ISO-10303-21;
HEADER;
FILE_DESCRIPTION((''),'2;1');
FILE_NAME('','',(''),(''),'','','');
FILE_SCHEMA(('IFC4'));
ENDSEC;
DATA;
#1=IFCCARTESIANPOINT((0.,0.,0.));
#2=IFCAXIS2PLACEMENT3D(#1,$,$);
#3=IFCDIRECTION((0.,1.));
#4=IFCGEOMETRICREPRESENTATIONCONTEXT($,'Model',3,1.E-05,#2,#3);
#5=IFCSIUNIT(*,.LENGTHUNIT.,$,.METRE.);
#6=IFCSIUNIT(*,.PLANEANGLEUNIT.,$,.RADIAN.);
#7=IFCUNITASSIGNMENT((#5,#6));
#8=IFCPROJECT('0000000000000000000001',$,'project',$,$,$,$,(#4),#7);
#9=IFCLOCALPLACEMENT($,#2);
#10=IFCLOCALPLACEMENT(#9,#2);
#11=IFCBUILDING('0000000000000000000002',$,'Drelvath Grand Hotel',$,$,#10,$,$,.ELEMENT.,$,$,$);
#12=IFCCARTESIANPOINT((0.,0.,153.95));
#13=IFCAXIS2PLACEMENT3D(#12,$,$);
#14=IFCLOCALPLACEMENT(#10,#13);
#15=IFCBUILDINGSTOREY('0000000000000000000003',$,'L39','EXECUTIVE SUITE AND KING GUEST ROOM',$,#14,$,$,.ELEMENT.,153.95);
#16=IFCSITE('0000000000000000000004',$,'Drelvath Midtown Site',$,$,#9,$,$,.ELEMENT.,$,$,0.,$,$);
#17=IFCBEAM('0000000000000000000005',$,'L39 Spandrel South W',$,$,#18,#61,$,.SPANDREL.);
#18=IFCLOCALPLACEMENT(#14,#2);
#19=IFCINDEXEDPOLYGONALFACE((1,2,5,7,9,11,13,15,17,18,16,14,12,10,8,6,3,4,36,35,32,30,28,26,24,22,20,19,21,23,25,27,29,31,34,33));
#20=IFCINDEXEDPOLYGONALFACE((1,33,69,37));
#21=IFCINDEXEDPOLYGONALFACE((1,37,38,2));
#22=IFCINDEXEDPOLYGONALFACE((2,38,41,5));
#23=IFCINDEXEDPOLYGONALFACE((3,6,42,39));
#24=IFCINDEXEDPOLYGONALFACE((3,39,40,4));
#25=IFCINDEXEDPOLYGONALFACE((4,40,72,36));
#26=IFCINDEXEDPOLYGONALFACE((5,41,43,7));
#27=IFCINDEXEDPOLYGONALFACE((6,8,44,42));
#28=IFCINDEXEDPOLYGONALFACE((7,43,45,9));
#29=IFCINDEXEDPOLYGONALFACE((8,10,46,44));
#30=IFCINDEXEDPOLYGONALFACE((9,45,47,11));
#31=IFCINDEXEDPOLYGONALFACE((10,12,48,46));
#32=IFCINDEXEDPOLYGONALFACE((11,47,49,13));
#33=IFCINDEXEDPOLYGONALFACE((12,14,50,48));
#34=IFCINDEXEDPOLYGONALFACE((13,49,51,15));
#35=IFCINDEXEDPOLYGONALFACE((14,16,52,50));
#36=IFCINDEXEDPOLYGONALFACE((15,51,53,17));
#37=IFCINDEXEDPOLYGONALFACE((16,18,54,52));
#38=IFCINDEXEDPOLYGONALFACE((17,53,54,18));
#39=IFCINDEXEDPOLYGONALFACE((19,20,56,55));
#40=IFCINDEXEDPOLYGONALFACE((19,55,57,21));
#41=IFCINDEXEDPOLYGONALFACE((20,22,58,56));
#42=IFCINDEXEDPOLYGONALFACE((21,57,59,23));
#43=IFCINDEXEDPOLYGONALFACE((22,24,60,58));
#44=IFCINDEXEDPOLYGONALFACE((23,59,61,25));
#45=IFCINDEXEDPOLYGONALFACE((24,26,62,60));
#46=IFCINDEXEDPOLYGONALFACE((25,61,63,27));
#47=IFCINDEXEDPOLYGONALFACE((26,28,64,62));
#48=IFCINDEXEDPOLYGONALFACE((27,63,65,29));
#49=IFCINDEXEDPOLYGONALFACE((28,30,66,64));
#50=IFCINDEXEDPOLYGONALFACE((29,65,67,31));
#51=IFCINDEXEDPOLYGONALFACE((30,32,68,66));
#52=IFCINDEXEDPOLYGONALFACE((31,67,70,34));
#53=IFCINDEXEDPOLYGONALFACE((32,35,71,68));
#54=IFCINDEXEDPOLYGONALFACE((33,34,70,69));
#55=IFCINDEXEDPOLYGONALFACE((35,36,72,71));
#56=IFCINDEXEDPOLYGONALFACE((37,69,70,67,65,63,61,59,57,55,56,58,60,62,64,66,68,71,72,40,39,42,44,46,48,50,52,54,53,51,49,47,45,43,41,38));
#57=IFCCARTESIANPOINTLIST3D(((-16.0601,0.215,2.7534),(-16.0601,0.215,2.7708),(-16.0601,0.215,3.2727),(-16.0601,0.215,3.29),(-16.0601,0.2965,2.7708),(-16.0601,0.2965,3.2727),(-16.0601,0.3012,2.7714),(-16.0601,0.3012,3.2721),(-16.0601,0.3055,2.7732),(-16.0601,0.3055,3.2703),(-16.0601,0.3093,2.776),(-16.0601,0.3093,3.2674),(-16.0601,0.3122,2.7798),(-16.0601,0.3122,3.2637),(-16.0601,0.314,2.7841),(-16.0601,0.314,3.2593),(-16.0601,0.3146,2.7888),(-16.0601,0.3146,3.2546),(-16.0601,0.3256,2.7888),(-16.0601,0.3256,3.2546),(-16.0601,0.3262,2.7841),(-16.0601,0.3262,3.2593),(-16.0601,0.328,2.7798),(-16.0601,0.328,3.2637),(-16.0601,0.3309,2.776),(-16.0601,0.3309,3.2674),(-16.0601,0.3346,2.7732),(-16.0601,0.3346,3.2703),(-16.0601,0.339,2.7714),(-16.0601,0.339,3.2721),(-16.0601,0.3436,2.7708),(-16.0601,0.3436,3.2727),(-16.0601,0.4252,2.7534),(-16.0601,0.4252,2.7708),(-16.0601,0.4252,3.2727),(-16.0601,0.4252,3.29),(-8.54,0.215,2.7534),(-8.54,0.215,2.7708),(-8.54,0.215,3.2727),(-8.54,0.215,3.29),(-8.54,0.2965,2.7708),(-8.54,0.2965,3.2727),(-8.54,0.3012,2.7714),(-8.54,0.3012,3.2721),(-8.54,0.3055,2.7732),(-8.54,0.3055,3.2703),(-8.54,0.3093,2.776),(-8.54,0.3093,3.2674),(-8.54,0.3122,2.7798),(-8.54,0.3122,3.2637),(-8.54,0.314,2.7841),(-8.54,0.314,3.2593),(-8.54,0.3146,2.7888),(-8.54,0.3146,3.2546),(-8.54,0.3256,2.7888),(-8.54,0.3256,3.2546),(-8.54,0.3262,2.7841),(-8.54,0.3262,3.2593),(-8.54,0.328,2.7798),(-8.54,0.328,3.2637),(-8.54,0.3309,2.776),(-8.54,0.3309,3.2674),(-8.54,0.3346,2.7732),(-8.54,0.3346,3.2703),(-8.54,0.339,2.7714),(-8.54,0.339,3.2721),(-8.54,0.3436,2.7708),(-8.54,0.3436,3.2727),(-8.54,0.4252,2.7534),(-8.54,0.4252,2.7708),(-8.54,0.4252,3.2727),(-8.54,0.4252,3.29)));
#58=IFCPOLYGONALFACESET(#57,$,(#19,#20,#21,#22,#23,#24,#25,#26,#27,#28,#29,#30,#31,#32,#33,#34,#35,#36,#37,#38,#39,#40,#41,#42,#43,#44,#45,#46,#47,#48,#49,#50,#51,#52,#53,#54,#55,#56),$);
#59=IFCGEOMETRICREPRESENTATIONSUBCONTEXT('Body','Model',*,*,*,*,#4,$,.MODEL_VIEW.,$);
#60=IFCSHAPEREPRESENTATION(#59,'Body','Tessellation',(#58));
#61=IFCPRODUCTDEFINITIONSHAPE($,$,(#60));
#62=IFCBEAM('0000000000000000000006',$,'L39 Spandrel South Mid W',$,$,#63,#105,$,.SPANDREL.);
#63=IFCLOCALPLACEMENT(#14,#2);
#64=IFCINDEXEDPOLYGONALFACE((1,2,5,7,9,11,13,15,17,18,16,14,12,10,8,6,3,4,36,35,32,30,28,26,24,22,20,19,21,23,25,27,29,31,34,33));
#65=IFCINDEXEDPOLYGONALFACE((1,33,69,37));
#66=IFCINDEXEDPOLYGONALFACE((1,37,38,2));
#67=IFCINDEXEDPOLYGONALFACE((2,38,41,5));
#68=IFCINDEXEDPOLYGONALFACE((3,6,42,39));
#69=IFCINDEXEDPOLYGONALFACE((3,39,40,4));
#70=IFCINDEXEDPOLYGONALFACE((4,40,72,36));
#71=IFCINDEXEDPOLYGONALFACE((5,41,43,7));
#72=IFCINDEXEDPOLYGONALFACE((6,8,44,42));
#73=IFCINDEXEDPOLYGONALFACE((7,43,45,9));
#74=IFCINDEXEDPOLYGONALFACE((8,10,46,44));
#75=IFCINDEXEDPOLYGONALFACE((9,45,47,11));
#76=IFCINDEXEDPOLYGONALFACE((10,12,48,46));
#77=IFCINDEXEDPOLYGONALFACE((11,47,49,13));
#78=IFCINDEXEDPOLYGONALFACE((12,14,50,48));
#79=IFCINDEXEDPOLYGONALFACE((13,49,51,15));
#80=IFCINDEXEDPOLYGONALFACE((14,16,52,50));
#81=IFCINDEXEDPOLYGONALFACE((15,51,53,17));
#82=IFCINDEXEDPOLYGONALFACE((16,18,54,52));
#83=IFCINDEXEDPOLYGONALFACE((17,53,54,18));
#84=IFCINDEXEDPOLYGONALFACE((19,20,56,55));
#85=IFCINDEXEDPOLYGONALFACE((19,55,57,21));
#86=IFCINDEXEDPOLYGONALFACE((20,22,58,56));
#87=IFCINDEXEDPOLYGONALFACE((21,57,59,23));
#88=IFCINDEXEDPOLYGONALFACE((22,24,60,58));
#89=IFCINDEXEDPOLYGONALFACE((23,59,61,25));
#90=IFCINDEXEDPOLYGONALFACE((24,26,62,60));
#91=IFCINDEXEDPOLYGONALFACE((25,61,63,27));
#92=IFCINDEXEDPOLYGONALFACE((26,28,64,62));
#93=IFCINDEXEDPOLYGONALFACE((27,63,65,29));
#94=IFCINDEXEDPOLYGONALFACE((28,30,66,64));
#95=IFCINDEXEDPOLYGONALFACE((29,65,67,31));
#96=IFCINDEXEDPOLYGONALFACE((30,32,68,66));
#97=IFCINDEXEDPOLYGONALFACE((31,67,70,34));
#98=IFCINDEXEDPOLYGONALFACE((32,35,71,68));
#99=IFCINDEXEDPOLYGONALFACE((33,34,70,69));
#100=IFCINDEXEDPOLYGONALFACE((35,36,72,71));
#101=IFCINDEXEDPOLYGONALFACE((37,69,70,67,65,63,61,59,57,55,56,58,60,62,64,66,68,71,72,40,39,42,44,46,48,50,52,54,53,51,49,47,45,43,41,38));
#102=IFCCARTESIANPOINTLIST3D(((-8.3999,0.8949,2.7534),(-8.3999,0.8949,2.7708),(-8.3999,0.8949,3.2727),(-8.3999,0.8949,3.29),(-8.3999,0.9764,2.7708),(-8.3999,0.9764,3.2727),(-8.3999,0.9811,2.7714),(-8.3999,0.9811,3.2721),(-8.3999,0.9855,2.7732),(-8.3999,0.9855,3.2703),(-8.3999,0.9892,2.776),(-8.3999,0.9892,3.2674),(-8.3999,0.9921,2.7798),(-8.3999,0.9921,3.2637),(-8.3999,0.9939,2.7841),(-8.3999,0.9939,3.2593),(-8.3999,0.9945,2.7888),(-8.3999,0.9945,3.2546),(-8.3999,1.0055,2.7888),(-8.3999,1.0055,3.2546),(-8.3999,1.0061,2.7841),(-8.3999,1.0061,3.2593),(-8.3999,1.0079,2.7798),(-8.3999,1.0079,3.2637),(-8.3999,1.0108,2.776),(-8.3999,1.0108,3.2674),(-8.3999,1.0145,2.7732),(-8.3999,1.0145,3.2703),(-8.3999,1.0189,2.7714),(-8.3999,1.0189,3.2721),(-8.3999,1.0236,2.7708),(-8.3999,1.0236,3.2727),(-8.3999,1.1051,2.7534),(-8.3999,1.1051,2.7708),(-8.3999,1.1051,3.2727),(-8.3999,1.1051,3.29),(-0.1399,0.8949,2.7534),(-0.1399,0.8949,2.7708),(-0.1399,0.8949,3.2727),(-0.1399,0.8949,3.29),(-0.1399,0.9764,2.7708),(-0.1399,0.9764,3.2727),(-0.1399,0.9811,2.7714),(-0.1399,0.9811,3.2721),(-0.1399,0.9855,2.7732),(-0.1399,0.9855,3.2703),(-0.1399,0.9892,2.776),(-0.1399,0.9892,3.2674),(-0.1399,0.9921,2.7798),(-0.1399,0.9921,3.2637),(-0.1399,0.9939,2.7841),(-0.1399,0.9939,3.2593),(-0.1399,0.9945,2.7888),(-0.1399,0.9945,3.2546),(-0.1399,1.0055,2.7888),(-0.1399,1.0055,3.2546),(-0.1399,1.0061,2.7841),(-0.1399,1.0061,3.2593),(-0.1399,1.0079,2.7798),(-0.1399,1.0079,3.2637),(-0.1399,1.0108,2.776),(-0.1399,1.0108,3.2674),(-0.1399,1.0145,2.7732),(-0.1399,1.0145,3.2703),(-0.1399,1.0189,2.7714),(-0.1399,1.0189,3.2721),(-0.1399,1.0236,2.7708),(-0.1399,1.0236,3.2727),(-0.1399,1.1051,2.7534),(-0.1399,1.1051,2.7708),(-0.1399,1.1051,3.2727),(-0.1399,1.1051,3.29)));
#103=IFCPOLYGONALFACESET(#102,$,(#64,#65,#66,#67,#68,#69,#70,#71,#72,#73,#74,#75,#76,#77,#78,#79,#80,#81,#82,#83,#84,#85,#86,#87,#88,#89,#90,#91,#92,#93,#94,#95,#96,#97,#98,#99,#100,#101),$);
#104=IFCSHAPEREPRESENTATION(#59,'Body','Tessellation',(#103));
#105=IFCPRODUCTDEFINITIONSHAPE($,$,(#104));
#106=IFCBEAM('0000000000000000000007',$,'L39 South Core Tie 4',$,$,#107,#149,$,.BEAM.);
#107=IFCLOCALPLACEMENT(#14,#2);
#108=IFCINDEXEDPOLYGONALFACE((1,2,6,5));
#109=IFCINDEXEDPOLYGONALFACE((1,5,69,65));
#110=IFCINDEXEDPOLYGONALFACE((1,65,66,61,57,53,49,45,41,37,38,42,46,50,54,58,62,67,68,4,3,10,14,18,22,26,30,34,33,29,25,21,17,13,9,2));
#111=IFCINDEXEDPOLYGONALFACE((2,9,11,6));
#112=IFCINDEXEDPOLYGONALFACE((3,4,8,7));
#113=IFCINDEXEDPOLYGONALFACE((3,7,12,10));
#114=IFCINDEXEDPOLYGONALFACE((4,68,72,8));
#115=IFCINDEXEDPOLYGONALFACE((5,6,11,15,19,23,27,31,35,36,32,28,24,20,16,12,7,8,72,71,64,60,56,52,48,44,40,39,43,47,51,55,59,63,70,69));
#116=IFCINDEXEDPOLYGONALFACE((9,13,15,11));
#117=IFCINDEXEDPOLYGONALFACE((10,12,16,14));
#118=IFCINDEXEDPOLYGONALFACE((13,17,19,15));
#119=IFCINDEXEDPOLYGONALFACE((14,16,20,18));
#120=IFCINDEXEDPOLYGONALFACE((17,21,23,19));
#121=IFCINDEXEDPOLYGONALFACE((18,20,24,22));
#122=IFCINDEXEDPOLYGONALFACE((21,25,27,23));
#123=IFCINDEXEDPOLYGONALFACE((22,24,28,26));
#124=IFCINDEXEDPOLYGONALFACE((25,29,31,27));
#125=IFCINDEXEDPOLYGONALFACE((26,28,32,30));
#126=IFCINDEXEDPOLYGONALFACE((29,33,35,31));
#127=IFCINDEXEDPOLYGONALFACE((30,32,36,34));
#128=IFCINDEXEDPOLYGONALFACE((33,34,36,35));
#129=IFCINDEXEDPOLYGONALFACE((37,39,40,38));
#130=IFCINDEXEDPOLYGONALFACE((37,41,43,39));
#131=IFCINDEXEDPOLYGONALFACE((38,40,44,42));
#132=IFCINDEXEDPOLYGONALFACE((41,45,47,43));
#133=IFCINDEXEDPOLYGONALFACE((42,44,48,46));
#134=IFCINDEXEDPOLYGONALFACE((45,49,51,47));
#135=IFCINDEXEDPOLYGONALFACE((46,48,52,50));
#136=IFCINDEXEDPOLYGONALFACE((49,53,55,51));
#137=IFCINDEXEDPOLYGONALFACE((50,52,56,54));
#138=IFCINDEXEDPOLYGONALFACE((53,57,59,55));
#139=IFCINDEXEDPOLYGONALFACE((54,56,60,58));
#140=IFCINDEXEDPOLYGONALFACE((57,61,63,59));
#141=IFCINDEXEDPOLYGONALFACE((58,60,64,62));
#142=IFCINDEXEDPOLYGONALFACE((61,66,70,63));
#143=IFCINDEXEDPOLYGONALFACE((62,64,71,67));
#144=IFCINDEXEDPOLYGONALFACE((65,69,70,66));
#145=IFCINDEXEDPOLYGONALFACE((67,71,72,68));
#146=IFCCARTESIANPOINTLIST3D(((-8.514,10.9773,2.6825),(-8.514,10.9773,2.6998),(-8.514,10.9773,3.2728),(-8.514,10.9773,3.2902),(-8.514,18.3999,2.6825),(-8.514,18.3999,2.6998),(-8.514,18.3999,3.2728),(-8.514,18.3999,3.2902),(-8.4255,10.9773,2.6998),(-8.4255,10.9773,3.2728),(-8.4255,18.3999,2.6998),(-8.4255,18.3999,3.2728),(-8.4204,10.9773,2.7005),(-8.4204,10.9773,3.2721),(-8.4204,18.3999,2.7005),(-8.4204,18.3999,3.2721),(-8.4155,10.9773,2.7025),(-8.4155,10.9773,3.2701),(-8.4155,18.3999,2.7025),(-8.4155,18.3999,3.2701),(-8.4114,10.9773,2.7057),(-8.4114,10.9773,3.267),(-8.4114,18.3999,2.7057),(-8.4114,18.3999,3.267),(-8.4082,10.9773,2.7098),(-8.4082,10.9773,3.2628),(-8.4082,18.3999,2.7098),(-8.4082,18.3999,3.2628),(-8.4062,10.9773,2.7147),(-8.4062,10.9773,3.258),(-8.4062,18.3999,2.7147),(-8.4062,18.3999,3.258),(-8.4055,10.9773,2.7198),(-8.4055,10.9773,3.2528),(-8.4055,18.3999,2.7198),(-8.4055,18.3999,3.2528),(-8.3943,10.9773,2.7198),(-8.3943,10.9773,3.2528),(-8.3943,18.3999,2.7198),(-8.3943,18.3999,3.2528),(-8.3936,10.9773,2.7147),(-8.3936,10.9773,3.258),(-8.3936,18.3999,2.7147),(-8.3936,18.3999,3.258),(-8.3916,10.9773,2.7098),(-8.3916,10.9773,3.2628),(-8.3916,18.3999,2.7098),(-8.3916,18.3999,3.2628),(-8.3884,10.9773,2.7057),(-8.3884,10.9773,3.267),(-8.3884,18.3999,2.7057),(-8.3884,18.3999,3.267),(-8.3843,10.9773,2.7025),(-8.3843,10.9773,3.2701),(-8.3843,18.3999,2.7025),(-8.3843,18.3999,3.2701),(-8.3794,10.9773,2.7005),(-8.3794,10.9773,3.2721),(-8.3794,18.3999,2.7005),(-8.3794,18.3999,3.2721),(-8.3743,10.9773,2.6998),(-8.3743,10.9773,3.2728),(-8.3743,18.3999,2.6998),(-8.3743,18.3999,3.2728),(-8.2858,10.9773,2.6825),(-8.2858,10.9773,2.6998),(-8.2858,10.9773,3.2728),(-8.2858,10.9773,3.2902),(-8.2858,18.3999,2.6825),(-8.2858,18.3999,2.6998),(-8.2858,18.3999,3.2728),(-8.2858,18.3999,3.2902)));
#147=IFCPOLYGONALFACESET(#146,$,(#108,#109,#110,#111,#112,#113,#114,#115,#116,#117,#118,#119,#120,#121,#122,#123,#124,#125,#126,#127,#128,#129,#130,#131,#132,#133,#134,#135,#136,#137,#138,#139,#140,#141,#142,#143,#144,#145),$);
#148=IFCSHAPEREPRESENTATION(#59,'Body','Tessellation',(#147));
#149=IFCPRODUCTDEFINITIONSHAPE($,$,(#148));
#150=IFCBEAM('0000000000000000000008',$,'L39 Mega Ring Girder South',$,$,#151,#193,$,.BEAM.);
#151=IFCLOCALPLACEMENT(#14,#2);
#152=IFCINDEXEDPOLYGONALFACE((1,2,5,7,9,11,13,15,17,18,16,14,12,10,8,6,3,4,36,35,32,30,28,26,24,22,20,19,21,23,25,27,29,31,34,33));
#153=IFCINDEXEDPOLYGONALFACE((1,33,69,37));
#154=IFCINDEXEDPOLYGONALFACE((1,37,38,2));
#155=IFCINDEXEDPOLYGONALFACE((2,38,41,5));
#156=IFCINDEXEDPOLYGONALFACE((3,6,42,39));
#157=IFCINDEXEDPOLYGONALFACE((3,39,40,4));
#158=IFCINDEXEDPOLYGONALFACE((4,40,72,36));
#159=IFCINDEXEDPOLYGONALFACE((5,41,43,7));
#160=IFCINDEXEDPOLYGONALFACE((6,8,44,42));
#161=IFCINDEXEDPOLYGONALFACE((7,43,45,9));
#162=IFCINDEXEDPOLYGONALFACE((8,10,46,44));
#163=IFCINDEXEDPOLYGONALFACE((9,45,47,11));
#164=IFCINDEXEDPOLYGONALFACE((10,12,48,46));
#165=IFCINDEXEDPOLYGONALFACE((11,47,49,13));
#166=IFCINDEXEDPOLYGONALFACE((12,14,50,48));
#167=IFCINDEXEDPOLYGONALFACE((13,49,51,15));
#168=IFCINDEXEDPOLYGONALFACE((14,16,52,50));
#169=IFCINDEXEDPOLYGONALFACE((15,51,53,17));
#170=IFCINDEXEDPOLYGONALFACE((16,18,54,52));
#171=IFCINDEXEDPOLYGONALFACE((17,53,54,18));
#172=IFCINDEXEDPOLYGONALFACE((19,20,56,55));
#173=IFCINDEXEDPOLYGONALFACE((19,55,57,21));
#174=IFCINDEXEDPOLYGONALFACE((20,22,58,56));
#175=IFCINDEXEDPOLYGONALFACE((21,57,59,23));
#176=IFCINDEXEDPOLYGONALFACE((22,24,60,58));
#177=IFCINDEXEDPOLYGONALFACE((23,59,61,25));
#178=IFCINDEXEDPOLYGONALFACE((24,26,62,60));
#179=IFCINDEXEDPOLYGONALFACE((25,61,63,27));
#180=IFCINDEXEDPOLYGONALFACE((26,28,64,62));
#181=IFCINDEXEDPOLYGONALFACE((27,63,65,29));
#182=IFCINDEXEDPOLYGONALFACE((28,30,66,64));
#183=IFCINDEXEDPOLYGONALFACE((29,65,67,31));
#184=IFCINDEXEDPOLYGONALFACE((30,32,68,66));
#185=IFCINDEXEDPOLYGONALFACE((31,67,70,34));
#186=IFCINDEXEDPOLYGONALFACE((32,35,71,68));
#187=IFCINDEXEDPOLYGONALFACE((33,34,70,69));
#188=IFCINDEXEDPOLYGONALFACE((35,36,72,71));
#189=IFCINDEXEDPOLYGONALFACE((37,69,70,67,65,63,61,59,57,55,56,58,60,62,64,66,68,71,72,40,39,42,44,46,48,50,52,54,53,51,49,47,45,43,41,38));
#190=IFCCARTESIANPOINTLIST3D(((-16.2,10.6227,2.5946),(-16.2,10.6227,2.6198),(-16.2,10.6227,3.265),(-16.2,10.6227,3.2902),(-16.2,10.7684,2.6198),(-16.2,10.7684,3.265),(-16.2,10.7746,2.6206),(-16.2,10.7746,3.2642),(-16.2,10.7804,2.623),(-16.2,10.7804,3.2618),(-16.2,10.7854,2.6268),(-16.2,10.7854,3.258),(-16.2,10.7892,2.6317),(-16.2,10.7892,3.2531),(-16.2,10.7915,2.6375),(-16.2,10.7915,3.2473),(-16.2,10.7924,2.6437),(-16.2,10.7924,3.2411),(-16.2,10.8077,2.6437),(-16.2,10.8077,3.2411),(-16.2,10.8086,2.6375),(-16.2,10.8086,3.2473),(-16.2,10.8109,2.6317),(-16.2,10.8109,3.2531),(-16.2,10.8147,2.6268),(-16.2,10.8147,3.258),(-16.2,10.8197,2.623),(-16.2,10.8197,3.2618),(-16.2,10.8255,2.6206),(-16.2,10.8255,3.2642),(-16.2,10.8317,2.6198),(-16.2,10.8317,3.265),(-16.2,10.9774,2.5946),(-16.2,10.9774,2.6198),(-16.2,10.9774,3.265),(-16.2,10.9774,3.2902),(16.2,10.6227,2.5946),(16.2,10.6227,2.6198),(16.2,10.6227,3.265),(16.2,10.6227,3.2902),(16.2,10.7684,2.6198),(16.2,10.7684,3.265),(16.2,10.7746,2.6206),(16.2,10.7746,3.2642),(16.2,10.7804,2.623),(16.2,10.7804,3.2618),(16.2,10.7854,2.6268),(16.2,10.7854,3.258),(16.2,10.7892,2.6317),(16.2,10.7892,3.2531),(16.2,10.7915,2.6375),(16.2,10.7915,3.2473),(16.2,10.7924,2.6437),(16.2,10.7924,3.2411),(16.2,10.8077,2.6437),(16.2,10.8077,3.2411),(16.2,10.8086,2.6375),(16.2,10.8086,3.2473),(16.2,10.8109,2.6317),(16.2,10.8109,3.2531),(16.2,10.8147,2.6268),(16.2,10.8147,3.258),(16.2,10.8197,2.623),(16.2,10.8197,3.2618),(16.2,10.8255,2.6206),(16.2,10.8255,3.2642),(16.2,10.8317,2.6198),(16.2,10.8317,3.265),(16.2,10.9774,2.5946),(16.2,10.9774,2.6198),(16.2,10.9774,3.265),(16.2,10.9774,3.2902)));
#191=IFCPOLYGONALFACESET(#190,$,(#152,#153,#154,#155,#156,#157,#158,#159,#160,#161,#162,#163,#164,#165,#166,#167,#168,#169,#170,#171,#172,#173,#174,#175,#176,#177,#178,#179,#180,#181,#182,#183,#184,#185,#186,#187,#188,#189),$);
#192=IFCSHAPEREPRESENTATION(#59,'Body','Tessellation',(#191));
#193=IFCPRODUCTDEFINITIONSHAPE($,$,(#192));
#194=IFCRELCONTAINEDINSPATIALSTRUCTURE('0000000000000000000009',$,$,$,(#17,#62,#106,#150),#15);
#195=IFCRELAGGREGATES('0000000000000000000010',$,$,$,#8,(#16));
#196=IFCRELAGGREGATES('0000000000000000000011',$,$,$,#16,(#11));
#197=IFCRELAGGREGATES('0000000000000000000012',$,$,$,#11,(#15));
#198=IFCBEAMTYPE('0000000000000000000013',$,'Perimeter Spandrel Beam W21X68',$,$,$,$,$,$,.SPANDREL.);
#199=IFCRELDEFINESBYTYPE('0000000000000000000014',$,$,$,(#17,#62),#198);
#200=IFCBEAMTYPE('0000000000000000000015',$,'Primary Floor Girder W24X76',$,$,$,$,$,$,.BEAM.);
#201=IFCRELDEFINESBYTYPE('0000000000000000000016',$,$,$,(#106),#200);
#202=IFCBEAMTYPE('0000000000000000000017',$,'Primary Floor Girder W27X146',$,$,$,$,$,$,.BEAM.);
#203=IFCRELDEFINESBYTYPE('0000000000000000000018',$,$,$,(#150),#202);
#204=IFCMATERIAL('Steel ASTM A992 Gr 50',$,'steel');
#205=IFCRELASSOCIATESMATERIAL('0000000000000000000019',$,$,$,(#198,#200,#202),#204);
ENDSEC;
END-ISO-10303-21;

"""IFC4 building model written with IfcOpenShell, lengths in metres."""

from ifc_helpers import new_model, si_unit, direction, frame, origin, origin_2d, place, context, subcontext, project, spatial, i_section, extrude, material, material_profile, profile_set, type_object, element, save


model = new_model("IFC4")

# Units and contexts
model_context = context("Model", 3, precision=1e-05, world=origin(), true_north=direction((0.0, 1.0)))
body_context = subcontext(model_context, "Body", "Model", "MODEL_VIEW")
ifc_project = project(units=[si_unit("LENGTHUNIT", "METRE"), si_unit("PLANEANGLEUNIT", "RADIAN")], contexts=[model_context])

# Site, building, storey
site_placement = place(None, origin())
site = spatial("IfcSite", under=ifc_project, at=site_placement, Name="Drelvath Midtown Site", CompositionType="ELEMENT", RefElevation=0.0)
building_placement = place(site_placement, origin())
building = spatial("IfcBuilding", under=site, at=building_placement, Name="Drelvath Grand Hotel", CompositionType="ELEMENT")
storey_placement = place(building_placement, frame((0.0, 0.0, 153.95)))
storey = spatial("IfcBuildingStorey", under=building, at=storey_placement, Name="L39", Description="EXECUTIVE SUITE AND KING GUEST ROOM", CompositionType="ELEMENT", Elevation=153.95)

# Shared definitions
ifc_material_1 = material(Name="Steel ASTM A992 Gr 50", Category="steel")

# Beams
ifc_material_profile_1 = material_profile(ifc_material_1, i_section(OverallWidth=0.2102, OverallDepth=0.5366, WebThickness=0.011, FlangeThickness=0.0173, FilletRadius=0.0181, at=origin_2d()), Name="W21X68")
ifc_profile_set_1 = profile_set([ifc_material_profile_1], Name="Steel ASTM A992 Gr 50")
beam_type_1 = type_object("IfcBeamType", Name="Perimeter Spandrel Beam W21X68", PredefinedType="SPANDREL", material=ifc_profile_set_1)
beam_1_placement = place(storey_placement, frame((-16.0601, 0.3201, 3.0217), z_axis=(1.0, 0.0, 0.0), x_axis=(0.0, 1.0, 0.0)))
element("IfcBeam", 1, at=beam_1_placement, inside=storey, type_object=beam_type_1, Name="L39 Spandrel South W", PredefinedType="SPANDREL", context=body_context, shape_type="SweptSolid", body=[
    extrude(i_section(OverallWidth=0.2102, OverallDepth=0.5366, WebThickness=0.011, FlangeThickness=0.0173, FilletRadius=0.0181, at=origin_2d()), origin(), (0.0, 0.0, 1.0), 7.52),
])
beam_2_placement = place(storey_placement, frame((-8.3999, 1.0, 3.0217), z_axis=(1.0, 0.0, 0.0), x_axis=(0.0, 1.0, 0.0)))
element("IfcBeam", 2, at=beam_2_placement, inside=storey, type_object=beam_type_1, Name="L39 Spandrel South Mid W", PredefinedType="SPANDREL", context=body_context, shape_type="SweptSolid", body=[
    extrude(i_section(OverallWidth=0.2102, OverallDepth=0.5366, WebThickness=0.011, FlangeThickness=0.0173, FilletRadius=0.0181, at=origin_2d()), origin(), (0.0, 0.0, 1.0), 8.26),
])
ifc_material_profile_2 = material_profile(ifc_material_1, i_section(OverallWidth=0.2283, OverallDepth=0.6077, WebThickness=0.0112, FlangeThickness=0.0173, FilletRadius=0.02, at=origin_2d()), Name="W24X76")
ifc_profile_set_2 = profile_set([ifc_material_profile_2], Name="Steel ASTM A992 Gr 50")
beam_type_2 = type_object("IfcBeamType", Name="Primary Floor Girder W24X76", PredefinedType="BEAM", material=ifc_profile_set_2)
beam_3_placement = place(storey_placement, frame((-8.3999, 10.9773, 2.9863), z_axis=(0.0, 1.0, 0.0), x_axis=(-1.0, 0.0, 0.0)))
element("IfcBeam", 3, at=beam_3_placement, inside=storey, type_object=beam_type_2, Name="L39 South Core Tie 4", PredefinedType="BEAM", context=body_context, shape_type="SweptSolid", body=[
    extrude(i_section(OverallWidth=0.2283, OverallDepth=0.6077, WebThickness=0.0112, FlangeThickness=0.0173, FilletRadius=0.02, at=origin_2d()), origin(), (0.0, 0.0, 1.0), 7.4226),
])
ifc_material_profile_3 = material_profile(ifc_material_1, i_section(OverallWidth=0.3547, OverallDepth=0.6956, WebThickness=0.0154, FlangeThickness=0.0251, FilletRadius=0.0239, at=origin_2d()), Name="W27X146")
ifc_profile_set_3 = profile_set([ifc_material_profile_3], Name="Steel ASTM A992 Gr 50")
beam_type_3 = type_object("IfcBeamType", Name="Primary Floor Girder W27X146", PredefinedType="BEAM", material=ifc_profile_set_3)
for number, where, z_axis, x_axis, name in (
    (4, (-16.2, 10.8, 2.9424), (1.0, 0.0, 0.0), (0.0, 1.0, 0.0), "L39 Mega Ring Girder South"),
):
    element("IfcBeam", number, at=place(storey_placement, frame(where, z_axis=z_axis, x_axis=x_axis)), inside=storey, type_object=beam_type_3, Name=name, PredefinedType="BEAM", context=body_context, shape_type="SweptSolid", body=[
        extrude(i_section(OverallWidth=0.3547, OverallDepth=0.6956, WebThickness=0.0154, FlangeThickness=0.0251, FilletRadius=0.0239, at=origin_2d()), origin(), (0.0, 0.0, 1.0), 32.3999),
    ])

save(model, "model.ifc")
